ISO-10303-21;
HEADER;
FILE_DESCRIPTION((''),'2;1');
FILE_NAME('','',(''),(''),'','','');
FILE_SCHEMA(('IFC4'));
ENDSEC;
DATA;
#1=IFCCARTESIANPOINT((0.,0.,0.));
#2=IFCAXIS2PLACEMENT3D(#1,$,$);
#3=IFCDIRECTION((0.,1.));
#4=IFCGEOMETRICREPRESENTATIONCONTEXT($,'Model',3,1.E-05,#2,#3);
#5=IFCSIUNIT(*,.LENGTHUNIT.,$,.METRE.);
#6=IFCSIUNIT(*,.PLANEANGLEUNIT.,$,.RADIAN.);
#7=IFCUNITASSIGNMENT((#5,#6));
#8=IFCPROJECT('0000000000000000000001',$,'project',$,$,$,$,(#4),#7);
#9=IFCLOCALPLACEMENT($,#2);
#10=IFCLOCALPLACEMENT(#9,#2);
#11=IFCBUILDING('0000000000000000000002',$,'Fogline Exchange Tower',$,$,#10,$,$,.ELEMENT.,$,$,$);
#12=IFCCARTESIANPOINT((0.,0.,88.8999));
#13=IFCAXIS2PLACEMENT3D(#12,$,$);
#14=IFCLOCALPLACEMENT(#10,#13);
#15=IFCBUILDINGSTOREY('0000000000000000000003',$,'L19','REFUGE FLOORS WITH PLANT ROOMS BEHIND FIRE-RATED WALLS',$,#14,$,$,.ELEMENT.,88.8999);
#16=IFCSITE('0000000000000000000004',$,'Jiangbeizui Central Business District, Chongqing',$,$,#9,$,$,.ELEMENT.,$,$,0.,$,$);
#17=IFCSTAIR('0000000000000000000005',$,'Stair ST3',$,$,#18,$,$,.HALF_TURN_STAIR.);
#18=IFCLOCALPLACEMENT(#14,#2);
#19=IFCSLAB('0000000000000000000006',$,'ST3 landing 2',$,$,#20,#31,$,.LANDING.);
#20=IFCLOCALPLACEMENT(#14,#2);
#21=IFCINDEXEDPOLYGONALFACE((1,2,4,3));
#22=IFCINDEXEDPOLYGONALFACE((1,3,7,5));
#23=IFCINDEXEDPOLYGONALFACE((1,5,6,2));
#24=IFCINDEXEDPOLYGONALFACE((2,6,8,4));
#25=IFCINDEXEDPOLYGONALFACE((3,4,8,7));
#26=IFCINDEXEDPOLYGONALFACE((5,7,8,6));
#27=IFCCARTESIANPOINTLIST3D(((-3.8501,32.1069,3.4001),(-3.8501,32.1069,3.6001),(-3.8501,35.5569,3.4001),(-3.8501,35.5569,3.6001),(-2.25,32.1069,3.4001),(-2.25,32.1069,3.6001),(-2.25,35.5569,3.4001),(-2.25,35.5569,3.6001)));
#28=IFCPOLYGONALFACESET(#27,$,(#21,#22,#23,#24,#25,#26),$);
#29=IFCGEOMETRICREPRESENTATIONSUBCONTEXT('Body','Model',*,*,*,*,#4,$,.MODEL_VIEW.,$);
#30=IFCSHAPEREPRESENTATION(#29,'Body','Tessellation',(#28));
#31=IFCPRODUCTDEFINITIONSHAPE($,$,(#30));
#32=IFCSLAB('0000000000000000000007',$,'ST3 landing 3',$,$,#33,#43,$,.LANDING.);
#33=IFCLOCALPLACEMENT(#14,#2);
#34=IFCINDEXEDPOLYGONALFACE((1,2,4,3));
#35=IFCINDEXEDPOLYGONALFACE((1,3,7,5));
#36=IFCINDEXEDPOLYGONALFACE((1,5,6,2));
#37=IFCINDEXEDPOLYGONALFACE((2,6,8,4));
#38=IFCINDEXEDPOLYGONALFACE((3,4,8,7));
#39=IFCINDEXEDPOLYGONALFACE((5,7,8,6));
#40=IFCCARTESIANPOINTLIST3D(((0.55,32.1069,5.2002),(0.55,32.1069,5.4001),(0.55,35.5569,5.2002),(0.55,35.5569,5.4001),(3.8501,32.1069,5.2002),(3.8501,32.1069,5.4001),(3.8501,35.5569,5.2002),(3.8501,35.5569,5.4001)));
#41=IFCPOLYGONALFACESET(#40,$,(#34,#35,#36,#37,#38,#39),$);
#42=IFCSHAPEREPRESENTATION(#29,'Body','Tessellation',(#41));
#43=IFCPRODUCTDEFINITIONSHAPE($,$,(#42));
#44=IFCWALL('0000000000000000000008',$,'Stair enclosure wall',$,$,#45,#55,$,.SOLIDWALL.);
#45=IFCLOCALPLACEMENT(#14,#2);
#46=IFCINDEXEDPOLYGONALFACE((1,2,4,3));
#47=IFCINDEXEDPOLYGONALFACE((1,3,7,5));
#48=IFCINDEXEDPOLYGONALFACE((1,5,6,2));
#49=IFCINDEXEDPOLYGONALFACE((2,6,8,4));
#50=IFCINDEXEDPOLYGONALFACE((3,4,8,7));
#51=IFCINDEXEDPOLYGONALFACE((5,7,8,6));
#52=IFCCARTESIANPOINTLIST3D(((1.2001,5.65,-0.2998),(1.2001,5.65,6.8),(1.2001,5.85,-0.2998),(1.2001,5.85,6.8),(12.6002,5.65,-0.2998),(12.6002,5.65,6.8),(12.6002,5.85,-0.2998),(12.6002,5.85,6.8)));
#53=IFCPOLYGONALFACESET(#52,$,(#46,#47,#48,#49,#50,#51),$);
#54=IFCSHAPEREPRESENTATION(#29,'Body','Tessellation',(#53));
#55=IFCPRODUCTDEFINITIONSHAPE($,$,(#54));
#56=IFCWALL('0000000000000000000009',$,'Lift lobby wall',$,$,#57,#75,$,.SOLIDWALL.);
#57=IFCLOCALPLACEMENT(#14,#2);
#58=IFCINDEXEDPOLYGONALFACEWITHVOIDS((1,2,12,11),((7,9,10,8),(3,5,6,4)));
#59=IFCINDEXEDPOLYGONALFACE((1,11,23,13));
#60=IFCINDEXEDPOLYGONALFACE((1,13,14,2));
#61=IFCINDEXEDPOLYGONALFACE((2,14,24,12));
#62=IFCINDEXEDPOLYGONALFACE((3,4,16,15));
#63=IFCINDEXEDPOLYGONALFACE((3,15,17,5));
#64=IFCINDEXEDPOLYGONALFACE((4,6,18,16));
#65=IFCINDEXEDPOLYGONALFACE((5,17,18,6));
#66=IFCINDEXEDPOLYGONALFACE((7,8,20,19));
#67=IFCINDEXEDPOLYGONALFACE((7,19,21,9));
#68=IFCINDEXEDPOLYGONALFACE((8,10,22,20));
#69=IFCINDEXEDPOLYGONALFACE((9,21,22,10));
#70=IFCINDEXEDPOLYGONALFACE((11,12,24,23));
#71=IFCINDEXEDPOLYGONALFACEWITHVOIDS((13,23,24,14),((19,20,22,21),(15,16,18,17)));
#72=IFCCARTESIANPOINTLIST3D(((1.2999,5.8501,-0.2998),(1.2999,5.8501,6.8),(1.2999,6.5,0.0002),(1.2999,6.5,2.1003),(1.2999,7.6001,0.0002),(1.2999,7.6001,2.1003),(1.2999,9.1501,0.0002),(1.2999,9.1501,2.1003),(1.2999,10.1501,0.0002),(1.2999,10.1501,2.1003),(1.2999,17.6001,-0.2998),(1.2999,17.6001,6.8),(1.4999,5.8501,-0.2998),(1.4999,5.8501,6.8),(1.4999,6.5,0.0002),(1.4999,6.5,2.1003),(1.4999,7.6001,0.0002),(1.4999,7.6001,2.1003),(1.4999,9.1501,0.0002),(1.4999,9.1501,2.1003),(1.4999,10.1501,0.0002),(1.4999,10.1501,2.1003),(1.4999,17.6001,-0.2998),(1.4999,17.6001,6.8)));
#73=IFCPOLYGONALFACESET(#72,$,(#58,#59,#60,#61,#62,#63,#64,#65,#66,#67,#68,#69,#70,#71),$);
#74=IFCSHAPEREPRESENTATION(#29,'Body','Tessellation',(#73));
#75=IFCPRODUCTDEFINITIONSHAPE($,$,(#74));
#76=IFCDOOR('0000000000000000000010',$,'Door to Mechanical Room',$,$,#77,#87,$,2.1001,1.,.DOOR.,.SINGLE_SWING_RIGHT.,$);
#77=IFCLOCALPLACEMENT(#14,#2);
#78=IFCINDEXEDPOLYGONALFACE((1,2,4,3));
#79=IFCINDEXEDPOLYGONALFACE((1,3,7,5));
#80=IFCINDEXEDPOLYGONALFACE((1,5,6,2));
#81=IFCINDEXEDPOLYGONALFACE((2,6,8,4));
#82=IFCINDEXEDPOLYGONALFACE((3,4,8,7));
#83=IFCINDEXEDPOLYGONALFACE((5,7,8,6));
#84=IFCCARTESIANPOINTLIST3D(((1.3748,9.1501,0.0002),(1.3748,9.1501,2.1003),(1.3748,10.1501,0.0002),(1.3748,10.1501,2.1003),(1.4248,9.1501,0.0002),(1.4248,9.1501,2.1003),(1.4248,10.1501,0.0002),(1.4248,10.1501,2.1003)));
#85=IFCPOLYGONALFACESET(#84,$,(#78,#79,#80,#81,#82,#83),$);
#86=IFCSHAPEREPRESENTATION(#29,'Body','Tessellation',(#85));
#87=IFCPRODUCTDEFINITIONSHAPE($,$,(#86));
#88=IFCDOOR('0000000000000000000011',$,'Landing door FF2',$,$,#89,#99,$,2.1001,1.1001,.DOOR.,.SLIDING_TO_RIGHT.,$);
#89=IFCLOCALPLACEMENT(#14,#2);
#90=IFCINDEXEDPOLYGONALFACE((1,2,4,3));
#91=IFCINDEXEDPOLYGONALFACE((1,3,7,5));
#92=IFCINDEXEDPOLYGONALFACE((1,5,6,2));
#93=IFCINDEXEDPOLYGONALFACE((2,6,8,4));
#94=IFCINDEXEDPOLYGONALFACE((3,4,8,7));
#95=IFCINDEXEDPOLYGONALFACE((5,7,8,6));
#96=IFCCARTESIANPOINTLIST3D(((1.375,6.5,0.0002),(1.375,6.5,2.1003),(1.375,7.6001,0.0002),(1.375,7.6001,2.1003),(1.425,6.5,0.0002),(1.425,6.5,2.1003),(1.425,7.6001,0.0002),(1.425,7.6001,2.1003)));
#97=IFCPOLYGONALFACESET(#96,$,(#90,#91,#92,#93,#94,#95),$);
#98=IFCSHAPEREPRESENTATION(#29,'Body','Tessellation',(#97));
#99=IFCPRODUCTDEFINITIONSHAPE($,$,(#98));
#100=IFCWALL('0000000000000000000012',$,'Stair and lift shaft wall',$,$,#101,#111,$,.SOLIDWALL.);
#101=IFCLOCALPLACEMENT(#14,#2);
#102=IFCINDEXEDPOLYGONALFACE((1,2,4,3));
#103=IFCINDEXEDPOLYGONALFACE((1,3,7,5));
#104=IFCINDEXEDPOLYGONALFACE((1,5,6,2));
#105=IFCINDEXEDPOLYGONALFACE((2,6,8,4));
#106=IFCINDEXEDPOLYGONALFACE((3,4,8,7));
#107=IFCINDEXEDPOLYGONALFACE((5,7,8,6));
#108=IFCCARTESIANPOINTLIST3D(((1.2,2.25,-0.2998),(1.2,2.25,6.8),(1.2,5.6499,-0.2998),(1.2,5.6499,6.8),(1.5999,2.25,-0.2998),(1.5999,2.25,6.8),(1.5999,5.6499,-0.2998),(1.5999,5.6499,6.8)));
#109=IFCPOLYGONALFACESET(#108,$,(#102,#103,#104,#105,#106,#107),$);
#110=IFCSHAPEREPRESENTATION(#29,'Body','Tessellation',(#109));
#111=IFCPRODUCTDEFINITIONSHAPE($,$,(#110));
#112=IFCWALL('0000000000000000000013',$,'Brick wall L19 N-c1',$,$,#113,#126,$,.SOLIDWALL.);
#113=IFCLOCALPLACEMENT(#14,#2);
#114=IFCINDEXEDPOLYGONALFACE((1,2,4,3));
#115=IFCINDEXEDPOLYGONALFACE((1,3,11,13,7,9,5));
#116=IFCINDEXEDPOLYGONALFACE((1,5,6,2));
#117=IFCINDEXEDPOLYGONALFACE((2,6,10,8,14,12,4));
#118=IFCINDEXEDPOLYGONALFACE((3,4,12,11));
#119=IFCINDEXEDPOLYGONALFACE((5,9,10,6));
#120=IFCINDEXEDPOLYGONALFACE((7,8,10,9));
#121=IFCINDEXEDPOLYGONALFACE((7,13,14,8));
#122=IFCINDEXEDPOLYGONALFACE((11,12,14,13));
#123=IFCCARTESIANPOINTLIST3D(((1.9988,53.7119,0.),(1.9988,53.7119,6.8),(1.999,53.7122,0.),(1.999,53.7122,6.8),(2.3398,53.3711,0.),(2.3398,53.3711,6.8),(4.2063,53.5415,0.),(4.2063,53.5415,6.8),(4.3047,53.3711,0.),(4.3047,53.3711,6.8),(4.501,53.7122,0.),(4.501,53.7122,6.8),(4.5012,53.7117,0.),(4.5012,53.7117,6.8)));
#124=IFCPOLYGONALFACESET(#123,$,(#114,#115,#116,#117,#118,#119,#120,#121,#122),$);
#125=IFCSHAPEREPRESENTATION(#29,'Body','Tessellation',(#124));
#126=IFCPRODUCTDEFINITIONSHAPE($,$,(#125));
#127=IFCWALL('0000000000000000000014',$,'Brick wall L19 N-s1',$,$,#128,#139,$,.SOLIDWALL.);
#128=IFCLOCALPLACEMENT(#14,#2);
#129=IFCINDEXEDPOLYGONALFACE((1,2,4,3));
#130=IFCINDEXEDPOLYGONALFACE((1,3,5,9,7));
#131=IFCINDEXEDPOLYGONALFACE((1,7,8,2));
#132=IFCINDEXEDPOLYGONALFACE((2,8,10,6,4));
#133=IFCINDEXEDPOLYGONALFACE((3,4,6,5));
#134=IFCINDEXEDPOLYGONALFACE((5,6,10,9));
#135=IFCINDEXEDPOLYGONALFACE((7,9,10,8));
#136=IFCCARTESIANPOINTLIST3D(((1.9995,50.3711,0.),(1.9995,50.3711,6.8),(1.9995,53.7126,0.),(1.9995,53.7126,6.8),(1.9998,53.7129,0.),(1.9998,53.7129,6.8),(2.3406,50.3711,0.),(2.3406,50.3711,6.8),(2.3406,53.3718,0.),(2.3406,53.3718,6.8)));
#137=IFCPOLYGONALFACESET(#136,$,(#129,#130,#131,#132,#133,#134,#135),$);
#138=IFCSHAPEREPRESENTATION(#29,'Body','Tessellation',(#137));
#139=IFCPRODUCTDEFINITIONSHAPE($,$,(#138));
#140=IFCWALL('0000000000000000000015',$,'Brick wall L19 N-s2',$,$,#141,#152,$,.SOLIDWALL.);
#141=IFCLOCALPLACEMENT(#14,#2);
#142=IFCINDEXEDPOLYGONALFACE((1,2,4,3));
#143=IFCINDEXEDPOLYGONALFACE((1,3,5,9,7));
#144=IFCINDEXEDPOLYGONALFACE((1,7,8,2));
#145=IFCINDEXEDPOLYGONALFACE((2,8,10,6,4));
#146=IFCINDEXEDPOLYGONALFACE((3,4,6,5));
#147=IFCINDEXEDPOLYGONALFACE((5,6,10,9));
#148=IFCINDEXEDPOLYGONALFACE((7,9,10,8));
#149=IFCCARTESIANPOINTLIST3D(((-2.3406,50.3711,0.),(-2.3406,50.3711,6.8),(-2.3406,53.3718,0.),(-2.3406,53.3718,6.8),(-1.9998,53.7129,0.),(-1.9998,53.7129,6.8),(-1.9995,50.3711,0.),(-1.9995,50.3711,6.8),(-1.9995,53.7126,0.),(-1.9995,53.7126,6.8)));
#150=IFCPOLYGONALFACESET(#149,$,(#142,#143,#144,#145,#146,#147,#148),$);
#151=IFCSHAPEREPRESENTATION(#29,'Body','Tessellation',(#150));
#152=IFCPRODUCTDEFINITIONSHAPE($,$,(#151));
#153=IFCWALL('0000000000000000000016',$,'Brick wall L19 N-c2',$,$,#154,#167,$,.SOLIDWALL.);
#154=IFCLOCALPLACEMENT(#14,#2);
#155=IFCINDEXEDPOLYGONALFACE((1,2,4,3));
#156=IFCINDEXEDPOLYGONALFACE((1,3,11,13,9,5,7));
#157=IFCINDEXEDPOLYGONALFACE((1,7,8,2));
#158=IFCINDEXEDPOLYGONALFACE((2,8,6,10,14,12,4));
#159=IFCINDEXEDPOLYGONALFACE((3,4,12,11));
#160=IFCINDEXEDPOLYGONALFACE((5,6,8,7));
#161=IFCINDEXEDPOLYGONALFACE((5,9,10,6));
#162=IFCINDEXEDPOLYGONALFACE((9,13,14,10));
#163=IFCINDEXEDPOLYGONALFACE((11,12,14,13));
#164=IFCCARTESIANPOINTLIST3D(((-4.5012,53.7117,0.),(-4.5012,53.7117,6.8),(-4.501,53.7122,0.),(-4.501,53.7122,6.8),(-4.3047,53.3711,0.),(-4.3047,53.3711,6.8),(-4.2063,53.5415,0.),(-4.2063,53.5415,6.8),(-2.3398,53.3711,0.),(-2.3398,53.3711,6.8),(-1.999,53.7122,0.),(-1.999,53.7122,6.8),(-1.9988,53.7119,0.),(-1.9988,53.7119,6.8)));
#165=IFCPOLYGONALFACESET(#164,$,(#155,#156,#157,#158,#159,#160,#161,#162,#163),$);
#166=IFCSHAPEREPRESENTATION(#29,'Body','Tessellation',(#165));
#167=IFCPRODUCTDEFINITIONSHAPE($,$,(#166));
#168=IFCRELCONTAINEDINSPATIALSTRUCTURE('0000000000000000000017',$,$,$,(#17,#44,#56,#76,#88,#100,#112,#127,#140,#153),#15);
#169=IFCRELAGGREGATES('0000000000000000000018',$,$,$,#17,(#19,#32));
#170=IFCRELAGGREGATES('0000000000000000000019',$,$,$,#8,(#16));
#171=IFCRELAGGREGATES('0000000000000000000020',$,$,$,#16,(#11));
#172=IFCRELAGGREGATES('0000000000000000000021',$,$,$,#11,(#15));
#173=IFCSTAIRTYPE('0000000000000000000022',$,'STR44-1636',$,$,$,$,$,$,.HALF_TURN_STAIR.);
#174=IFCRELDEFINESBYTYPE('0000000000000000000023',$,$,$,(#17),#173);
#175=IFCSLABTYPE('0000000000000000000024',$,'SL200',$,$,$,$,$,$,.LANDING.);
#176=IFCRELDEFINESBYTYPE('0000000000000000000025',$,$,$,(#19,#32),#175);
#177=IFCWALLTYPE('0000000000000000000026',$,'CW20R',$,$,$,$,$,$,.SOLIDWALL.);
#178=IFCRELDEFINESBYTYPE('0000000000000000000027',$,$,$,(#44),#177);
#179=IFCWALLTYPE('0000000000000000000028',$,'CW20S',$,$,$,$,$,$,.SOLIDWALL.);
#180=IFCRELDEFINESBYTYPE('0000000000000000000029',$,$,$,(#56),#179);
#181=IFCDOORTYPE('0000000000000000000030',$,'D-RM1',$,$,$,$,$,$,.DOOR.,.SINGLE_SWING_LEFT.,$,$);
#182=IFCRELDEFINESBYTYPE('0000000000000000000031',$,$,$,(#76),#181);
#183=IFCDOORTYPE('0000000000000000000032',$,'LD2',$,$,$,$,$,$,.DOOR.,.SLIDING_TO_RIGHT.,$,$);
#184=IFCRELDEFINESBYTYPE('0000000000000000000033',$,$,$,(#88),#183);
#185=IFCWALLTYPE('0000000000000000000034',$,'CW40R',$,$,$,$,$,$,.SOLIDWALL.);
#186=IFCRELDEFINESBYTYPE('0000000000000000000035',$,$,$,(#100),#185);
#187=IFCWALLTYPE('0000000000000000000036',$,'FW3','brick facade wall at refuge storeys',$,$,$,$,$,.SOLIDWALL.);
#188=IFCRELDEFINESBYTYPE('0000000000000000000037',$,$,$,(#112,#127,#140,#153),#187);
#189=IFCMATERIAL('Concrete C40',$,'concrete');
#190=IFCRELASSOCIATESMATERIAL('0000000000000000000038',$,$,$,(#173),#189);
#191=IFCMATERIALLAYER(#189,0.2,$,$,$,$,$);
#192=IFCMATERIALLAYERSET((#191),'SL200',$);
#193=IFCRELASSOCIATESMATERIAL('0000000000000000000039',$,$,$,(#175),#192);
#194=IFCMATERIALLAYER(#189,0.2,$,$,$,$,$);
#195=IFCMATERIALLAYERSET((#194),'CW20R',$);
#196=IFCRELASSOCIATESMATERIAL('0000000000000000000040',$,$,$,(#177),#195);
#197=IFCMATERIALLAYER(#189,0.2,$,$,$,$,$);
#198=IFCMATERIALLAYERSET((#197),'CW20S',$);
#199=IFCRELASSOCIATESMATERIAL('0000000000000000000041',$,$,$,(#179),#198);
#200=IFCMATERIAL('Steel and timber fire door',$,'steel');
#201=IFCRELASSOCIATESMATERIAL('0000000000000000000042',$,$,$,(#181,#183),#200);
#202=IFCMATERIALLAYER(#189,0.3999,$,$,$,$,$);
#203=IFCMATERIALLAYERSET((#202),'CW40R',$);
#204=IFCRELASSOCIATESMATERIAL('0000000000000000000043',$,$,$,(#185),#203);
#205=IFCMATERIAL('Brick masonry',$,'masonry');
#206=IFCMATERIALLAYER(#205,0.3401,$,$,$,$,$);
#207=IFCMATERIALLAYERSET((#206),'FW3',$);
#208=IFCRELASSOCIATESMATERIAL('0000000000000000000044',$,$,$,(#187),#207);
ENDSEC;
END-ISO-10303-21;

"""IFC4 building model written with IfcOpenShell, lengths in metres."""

from ifc_helpers import new_model, si_unit, direction, frame, frame_2d, origin, place, context, subcontext, project, spatial, polyline, rectangle, outline, extrude, material, layer, layer_set, type_object, element, fill, aggregate, save


model = new_model("IFC4")

# Units and contexts
model_context = context("Model", 3, precision=1e-05, world=origin(), true_north=direction((0.0, 1.0)))
body_context = subcontext(model_context, "Body", "Model", "MODEL_VIEW")
ifc_project = project(units=[si_unit("LENGTHUNIT", "METRE"), si_unit("PLANEANGLEUNIT", "RADIAN")], contexts=[model_context])

# Site, building, storey
site_placement = place(None, origin())
site = spatial("IfcSite", under=ifc_project, at=site_placement, Name="Jiangbeizui Central Business District, Chongqing", CompositionType="ELEMENT", RefElevation=0.0)
building_placement = place(site_placement, origin())
building = spatial("IfcBuilding", under=site, at=building_placement, Name="Fogline Exchange Tower", CompositionType="ELEMENT")
storey_placement = place(building_placement, frame((0.0, 0.0, 88.8999)))
storey = spatial("IfcBuildingStorey", under=building, at=storey_placement, Name="L19", Description="REFUGE FLOORS WITH PLANT ROOMS BEHIND FIRE-RATED WALLS", CompositionType="ELEMENT", Elevation=88.8999)

# Shared definitions
ifc_material_1 = material(Name="Concrete C40", Category="concrete")

# Stair, slabs
stair_type = type_object("IfcStairType", Name="STR44-1636", PredefinedType="HALF_TURN_STAIR", material=ifc_material_1)
ifc_layer_1 = layer(ifc_material_1, 0.2)
ifc_layer_set_1 = layer_set([ifc_layer_1], Name="SL200")
slab_type_1 = type_object("IfcSlabType", Name="SL200", PredefinedType="LANDING", material=ifc_layer_set_1)
stair_1_placement = place(storey_placement, origin())
stair_1 = element("IfcStair", 1, at=stair_1_placement, inside=storey, type_object=stair_type, Name="Stair ST3", PredefinedType="HALF_TURN_STAIR")
slab_1_placement = place(storey_placement, frame((0.0, 0.0, 3.4001)))
slab_1 = element("IfcSlab", 2, at=slab_1_placement, type_object=slab_type_1, Name="ST3 landing 2", PredefinedType="LANDING", context=body_context, shape_type="SweptSolid", body=[
    extrude(outline(polyline([(-3.8501, 32.1069), (-2.25, 32.1069), (-2.25, 35.5569), (-3.8501, 35.5569), (-3.8501, 32.1069)])), origin(), (0.0, 0.0, 1.0), 0.2),
])
slab_2_placement = place(storey_placement, frame((0.0, 0.0, 5.2002)))
slab_2 = element("IfcSlab", 3, at=slab_2_placement, type_object=slab_type_1, Name="ST3 landing 3", PredefinedType="LANDING", context=body_context, shape_type="SweptSolid", body=[
    extrude(outline(polyline([(0.55, 32.1069), (3.8501, 32.1069), (3.8501, 35.5569), (0.55, 35.5569), (0.55, 32.1069)])), origin(), (0.0, 0.0, 1.0), 0.2),
])
aggregate(stair_1, [slab_1, slab_2])

# Wall
ifc_layer_2 = layer(ifc_material_1, 0.2)
ifc_layer_set_2 = layer_set([ifc_layer_2], Name="CW20R")
wall_type_1 = type_object("IfcWallType", Name="CW20R", PredefinedType="SOLIDWALL", material=ifc_layer_set_2)
wall_1_placement = place(storey_placement, frame((1.2, 5.75, -0.2998), z_axis=(0.0, 0.0, 1.0), x_axis=(1.0, 0.0, 0.0)))
element("IfcWall", 4, at=wall_1_placement, inside=storey, type_object=wall_type_1, Name="Stair enclosure wall", PredefinedType="SOLIDWALL", context=body_context, shape_type="SweptSolid", body=[
    extrude(rectangle(XDim=11.4001, YDim=0.2, at=frame_2d((5.7002, 0.0))), origin(), (0.0, 0.0, 1.0), 7.0999),
])

# Wall, openings, doors
ifc_layer_3 = layer(ifc_material_1, 0.2)
ifc_layer_set_3 = layer_set([ifc_layer_3], Name="CW20S")
wall_type_2 = type_object("IfcWallType", Name="CW20S", PredefinedType="SOLIDWALL", material=ifc_layer_set_3)
wall_2_placement = place(storey_placement, frame((1.3999, 5.8501, -0.2998), z_axis=(0.0, 0.0, 1.0), x_axis=(0.0, 1.0, 0.0)))
wall_2 = element("IfcWall", 5, at=wall_2_placement, inside=storey, type_object=wall_type_2, Name="Lift lobby wall", PredefinedType="SOLIDWALL", context=body_context, shape_type="SweptSolid", body=[
    extrude(rectangle(XDim=11.75, YDim=0.2, at=frame_2d((5.875, 0.0))), origin(), (0.0, 0.0, 1.0), 7.0999),
])
opening_1_placement = place(wall_2_placement, frame((0.6499, 0.0, 0.3)))
opening_1 = element("IfcOpeningElement", 6, at=opening_1_placement, cuts=wall_2, PredefinedType="OPENING", context=body_context, shape_type="SweptSolid", body=[
    extrude(rectangle(XDim=1.1001, YDim=2.1001, at=frame_2d((0.55, 1.05))), frame((0.0, 0.1099, 0.0), z_axis=(0.0, -1.0, 0.0), x_axis=(1.0, 0.0, 0.0)), (0.0, 0.0, 1.0), 0.22),
])
opening_2_placement = place(wall_2_placement, frame((3.3, 0.0, 0.3)))
opening_2 = element("IfcOpeningElement", 7, at=opening_2_placement, cuts=wall_2, PredefinedType="OPENING", context=body_context, shape_type="SweptSolid", body=[
    extrude(rectangle(XDim=1.0, YDim=2.1001, at=frame_2d((0.5, 1.05))), frame((0.0, 0.1099, 0.0), z_axis=(0.0, -1.0, 0.0), x_axis=(1.0, 0.0, 0.0)), (0.0, 0.0, 1.0), 0.22),
])
ifc_material_2 = material(Name="Steel and timber fire door", Category="steel")
door_type_1 = type_object("IfcDoorType", Name="D-RM1", OperationType="SINGLE_SWING_LEFT", PredefinedType="DOOR", material=ifc_material_2)
door_1_placement = place(opening_2_placement, frame((1.0, 0.0, 0.0), z_axis=(0.0, 0.0, 1.0), x_axis=(-1.0, 0.0, 0.0)))
door_1 = element("IfcDoor", 8, at=door_1_placement, inside=storey, type_object=door_type_1, Name="Door to Mechanical Room", OperationType="SINGLE_SWING_RIGHT", OverallHeight=2.1001, OverallWidth=1.0, PredefinedType="DOOR", context=body_context, shape_type="SweptSolid", body=[
    extrude(rectangle(XDim=1.0, YDim=2.1001, at=frame_2d((0.5, 1.05))), frame((0.0, 0.0249, 0.0), z_axis=(0.0, -1.0, 0.0), x_axis=(1.0, 0.0, 0.0)), (0.0, 0.0, 1.0), 0.05),
])
fill(opening_2, door_1)
door_type_2 = type_object("IfcDoorType", Name="LD2", OperationType="SLIDING_TO_RIGHT", PredefinedType="DOOR", material=ifc_material_2)
door_2_placement = place(opening_1_placement, origin())
door_2 = element("IfcDoor", 9, at=door_2_placement, inside=storey, type_object=door_type_2, Name="Landing door FF2", OperationType="SLIDING_TO_RIGHT", OverallHeight=2.1001, OverallWidth=1.1001, PredefinedType="DOOR", context=body_context, shape_type="SweptSolid", body=[
    extrude(rectangle(XDim=1.1001, YDim=2.1001, at=frame_2d((0.55, 1.05))), frame((0.0, 0.0249, 0.0), z_axis=(0.0, -1.0, 0.0), x_axis=(1.0, 0.0, 0.0)), (0.0, 0.0, 1.0), 0.05),
])
fill(opening_1, door_2)

# Walls
ifc_layer_4 = layer(ifc_material_1, 0.3999)
ifc_layer_set_4 = layer_set([ifc_layer_4], Name="CW40R")
wall_type_3 = type_object("IfcWallType", Name="CW40R", PredefinedType="SOLIDWALL", material=ifc_layer_set_4)
wall_3_placement = place(storey_placement, frame((1.3999, 2.25, -0.2998), z_axis=(0.0, 0.0, 1.0), x_axis=(0.0, 1.0, 0.0)))
element("IfcWall", 10, at=wall_3_placement, inside=storey, type_object=wall_type_3, Name="Stair and lift shaft wall", PredefinedType="SOLIDWALL", context=body_context, shape_type="SweptSolid", body=[
    extrude(rectangle(XDim=3.3999, YDim=0.3999, at=frame_2d((1.7, 0.0))), origin(), (0.0, 0.0, 1.0), 7.0999),
])
ifc_material_3 = material(Name="Brick masonry", Category="masonry")
ifc_layer_5 = layer(ifc_material_3, 0.3401)
ifc_layer_set_5 = layer_set([ifc_layer_5], Name="FW3")
wall_type_4 = type_object("IfcWallType", Name="FW3", Description="brick facade wall at refuge storeys", PredefinedType="SOLIDWALL", material=ifc_layer_set_5)
wall_4_placement = place(storey_placement, origin())
element("IfcWall", 11, at=wall_4_placement, inside=storey, type_object=wall_type_4, Name="Brick wall L19 N-c1", PredefinedType="SOLIDWALL", context=body_context, shape_type="SweptSolid", body=[
    extrude(outline(polyline([(1.999, 53.7122), (4.501, 53.7122), (4.5012, 53.7117), (4.2063, 53.5415), (4.3047, 53.3711), (2.3398, 53.3711), (1.9988, 53.7119), (1.999, 53.7122)])), origin(), (0.0, 0.0, 1.0), 6.8),
])
wall_5_placement = place(storey_placement, origin())
element("IfcWall", 12, at=wall_5_placement, inside=storey, type_object=wall_type_4, Name="Brick wall L19 N-s1", PredefinedType="SOLIDWALL", context=body_context, shape_type="SweptSolid", body=[
    extrude(outline(polyline([(2.3406, 50.3711), (1.9995, 50.3711), (1.9995, 53.7126), (1.9998, 53.7129), (2.3406, 53.3718), (2.3406, 50.3711)])), origin(), (0.0, 0.0, 1.0), 6.8),
])
wall_6_placement = place(storey_placement, origin())
element("IfcWall", 13, at=wall_6_placement, inside=storey, type_object=wall_type_4, Name="Brick wall L19 N-s2", PredefinedType="SOLIDWALL", context=body_context, shape_type="SweptSolid", body=[
    extrude(outline(polyline([(-1.9995, 53.7126), (-1.9995, 50.3711), (-2.3406, 50.3711), (-2.3406, 53.3718), (-1.9998, 53.7129), (-1.9995, 53.7126)])), origin(), (0.0, 0.0, 1.0), 6.8),
])
wall_7_placement = place(storey_placement, origin())
element("IfcWall", 14, at=wall_7_placement, inside=storey, type_object=wall_type_4, Name="Brick wall L19 N-c2", PredefinedType="SOLIDWALL", context=body_context, shape_type="SweptSolid", body=[
    extrude(outline(polyline([(-4.3047, 53.3711), (-4.2063, 53.5415), (-4.5012, 53.7117), (-4.501, 53.7122), (-1.999, 53.7122), (-1.9988, 53.7119), (-2.3398, 53.3711), (-4.3047, 53.3711)])), origin(), (0.0, 0.0, 1.0), 6.8),
])

save(model, "model.ifc")
